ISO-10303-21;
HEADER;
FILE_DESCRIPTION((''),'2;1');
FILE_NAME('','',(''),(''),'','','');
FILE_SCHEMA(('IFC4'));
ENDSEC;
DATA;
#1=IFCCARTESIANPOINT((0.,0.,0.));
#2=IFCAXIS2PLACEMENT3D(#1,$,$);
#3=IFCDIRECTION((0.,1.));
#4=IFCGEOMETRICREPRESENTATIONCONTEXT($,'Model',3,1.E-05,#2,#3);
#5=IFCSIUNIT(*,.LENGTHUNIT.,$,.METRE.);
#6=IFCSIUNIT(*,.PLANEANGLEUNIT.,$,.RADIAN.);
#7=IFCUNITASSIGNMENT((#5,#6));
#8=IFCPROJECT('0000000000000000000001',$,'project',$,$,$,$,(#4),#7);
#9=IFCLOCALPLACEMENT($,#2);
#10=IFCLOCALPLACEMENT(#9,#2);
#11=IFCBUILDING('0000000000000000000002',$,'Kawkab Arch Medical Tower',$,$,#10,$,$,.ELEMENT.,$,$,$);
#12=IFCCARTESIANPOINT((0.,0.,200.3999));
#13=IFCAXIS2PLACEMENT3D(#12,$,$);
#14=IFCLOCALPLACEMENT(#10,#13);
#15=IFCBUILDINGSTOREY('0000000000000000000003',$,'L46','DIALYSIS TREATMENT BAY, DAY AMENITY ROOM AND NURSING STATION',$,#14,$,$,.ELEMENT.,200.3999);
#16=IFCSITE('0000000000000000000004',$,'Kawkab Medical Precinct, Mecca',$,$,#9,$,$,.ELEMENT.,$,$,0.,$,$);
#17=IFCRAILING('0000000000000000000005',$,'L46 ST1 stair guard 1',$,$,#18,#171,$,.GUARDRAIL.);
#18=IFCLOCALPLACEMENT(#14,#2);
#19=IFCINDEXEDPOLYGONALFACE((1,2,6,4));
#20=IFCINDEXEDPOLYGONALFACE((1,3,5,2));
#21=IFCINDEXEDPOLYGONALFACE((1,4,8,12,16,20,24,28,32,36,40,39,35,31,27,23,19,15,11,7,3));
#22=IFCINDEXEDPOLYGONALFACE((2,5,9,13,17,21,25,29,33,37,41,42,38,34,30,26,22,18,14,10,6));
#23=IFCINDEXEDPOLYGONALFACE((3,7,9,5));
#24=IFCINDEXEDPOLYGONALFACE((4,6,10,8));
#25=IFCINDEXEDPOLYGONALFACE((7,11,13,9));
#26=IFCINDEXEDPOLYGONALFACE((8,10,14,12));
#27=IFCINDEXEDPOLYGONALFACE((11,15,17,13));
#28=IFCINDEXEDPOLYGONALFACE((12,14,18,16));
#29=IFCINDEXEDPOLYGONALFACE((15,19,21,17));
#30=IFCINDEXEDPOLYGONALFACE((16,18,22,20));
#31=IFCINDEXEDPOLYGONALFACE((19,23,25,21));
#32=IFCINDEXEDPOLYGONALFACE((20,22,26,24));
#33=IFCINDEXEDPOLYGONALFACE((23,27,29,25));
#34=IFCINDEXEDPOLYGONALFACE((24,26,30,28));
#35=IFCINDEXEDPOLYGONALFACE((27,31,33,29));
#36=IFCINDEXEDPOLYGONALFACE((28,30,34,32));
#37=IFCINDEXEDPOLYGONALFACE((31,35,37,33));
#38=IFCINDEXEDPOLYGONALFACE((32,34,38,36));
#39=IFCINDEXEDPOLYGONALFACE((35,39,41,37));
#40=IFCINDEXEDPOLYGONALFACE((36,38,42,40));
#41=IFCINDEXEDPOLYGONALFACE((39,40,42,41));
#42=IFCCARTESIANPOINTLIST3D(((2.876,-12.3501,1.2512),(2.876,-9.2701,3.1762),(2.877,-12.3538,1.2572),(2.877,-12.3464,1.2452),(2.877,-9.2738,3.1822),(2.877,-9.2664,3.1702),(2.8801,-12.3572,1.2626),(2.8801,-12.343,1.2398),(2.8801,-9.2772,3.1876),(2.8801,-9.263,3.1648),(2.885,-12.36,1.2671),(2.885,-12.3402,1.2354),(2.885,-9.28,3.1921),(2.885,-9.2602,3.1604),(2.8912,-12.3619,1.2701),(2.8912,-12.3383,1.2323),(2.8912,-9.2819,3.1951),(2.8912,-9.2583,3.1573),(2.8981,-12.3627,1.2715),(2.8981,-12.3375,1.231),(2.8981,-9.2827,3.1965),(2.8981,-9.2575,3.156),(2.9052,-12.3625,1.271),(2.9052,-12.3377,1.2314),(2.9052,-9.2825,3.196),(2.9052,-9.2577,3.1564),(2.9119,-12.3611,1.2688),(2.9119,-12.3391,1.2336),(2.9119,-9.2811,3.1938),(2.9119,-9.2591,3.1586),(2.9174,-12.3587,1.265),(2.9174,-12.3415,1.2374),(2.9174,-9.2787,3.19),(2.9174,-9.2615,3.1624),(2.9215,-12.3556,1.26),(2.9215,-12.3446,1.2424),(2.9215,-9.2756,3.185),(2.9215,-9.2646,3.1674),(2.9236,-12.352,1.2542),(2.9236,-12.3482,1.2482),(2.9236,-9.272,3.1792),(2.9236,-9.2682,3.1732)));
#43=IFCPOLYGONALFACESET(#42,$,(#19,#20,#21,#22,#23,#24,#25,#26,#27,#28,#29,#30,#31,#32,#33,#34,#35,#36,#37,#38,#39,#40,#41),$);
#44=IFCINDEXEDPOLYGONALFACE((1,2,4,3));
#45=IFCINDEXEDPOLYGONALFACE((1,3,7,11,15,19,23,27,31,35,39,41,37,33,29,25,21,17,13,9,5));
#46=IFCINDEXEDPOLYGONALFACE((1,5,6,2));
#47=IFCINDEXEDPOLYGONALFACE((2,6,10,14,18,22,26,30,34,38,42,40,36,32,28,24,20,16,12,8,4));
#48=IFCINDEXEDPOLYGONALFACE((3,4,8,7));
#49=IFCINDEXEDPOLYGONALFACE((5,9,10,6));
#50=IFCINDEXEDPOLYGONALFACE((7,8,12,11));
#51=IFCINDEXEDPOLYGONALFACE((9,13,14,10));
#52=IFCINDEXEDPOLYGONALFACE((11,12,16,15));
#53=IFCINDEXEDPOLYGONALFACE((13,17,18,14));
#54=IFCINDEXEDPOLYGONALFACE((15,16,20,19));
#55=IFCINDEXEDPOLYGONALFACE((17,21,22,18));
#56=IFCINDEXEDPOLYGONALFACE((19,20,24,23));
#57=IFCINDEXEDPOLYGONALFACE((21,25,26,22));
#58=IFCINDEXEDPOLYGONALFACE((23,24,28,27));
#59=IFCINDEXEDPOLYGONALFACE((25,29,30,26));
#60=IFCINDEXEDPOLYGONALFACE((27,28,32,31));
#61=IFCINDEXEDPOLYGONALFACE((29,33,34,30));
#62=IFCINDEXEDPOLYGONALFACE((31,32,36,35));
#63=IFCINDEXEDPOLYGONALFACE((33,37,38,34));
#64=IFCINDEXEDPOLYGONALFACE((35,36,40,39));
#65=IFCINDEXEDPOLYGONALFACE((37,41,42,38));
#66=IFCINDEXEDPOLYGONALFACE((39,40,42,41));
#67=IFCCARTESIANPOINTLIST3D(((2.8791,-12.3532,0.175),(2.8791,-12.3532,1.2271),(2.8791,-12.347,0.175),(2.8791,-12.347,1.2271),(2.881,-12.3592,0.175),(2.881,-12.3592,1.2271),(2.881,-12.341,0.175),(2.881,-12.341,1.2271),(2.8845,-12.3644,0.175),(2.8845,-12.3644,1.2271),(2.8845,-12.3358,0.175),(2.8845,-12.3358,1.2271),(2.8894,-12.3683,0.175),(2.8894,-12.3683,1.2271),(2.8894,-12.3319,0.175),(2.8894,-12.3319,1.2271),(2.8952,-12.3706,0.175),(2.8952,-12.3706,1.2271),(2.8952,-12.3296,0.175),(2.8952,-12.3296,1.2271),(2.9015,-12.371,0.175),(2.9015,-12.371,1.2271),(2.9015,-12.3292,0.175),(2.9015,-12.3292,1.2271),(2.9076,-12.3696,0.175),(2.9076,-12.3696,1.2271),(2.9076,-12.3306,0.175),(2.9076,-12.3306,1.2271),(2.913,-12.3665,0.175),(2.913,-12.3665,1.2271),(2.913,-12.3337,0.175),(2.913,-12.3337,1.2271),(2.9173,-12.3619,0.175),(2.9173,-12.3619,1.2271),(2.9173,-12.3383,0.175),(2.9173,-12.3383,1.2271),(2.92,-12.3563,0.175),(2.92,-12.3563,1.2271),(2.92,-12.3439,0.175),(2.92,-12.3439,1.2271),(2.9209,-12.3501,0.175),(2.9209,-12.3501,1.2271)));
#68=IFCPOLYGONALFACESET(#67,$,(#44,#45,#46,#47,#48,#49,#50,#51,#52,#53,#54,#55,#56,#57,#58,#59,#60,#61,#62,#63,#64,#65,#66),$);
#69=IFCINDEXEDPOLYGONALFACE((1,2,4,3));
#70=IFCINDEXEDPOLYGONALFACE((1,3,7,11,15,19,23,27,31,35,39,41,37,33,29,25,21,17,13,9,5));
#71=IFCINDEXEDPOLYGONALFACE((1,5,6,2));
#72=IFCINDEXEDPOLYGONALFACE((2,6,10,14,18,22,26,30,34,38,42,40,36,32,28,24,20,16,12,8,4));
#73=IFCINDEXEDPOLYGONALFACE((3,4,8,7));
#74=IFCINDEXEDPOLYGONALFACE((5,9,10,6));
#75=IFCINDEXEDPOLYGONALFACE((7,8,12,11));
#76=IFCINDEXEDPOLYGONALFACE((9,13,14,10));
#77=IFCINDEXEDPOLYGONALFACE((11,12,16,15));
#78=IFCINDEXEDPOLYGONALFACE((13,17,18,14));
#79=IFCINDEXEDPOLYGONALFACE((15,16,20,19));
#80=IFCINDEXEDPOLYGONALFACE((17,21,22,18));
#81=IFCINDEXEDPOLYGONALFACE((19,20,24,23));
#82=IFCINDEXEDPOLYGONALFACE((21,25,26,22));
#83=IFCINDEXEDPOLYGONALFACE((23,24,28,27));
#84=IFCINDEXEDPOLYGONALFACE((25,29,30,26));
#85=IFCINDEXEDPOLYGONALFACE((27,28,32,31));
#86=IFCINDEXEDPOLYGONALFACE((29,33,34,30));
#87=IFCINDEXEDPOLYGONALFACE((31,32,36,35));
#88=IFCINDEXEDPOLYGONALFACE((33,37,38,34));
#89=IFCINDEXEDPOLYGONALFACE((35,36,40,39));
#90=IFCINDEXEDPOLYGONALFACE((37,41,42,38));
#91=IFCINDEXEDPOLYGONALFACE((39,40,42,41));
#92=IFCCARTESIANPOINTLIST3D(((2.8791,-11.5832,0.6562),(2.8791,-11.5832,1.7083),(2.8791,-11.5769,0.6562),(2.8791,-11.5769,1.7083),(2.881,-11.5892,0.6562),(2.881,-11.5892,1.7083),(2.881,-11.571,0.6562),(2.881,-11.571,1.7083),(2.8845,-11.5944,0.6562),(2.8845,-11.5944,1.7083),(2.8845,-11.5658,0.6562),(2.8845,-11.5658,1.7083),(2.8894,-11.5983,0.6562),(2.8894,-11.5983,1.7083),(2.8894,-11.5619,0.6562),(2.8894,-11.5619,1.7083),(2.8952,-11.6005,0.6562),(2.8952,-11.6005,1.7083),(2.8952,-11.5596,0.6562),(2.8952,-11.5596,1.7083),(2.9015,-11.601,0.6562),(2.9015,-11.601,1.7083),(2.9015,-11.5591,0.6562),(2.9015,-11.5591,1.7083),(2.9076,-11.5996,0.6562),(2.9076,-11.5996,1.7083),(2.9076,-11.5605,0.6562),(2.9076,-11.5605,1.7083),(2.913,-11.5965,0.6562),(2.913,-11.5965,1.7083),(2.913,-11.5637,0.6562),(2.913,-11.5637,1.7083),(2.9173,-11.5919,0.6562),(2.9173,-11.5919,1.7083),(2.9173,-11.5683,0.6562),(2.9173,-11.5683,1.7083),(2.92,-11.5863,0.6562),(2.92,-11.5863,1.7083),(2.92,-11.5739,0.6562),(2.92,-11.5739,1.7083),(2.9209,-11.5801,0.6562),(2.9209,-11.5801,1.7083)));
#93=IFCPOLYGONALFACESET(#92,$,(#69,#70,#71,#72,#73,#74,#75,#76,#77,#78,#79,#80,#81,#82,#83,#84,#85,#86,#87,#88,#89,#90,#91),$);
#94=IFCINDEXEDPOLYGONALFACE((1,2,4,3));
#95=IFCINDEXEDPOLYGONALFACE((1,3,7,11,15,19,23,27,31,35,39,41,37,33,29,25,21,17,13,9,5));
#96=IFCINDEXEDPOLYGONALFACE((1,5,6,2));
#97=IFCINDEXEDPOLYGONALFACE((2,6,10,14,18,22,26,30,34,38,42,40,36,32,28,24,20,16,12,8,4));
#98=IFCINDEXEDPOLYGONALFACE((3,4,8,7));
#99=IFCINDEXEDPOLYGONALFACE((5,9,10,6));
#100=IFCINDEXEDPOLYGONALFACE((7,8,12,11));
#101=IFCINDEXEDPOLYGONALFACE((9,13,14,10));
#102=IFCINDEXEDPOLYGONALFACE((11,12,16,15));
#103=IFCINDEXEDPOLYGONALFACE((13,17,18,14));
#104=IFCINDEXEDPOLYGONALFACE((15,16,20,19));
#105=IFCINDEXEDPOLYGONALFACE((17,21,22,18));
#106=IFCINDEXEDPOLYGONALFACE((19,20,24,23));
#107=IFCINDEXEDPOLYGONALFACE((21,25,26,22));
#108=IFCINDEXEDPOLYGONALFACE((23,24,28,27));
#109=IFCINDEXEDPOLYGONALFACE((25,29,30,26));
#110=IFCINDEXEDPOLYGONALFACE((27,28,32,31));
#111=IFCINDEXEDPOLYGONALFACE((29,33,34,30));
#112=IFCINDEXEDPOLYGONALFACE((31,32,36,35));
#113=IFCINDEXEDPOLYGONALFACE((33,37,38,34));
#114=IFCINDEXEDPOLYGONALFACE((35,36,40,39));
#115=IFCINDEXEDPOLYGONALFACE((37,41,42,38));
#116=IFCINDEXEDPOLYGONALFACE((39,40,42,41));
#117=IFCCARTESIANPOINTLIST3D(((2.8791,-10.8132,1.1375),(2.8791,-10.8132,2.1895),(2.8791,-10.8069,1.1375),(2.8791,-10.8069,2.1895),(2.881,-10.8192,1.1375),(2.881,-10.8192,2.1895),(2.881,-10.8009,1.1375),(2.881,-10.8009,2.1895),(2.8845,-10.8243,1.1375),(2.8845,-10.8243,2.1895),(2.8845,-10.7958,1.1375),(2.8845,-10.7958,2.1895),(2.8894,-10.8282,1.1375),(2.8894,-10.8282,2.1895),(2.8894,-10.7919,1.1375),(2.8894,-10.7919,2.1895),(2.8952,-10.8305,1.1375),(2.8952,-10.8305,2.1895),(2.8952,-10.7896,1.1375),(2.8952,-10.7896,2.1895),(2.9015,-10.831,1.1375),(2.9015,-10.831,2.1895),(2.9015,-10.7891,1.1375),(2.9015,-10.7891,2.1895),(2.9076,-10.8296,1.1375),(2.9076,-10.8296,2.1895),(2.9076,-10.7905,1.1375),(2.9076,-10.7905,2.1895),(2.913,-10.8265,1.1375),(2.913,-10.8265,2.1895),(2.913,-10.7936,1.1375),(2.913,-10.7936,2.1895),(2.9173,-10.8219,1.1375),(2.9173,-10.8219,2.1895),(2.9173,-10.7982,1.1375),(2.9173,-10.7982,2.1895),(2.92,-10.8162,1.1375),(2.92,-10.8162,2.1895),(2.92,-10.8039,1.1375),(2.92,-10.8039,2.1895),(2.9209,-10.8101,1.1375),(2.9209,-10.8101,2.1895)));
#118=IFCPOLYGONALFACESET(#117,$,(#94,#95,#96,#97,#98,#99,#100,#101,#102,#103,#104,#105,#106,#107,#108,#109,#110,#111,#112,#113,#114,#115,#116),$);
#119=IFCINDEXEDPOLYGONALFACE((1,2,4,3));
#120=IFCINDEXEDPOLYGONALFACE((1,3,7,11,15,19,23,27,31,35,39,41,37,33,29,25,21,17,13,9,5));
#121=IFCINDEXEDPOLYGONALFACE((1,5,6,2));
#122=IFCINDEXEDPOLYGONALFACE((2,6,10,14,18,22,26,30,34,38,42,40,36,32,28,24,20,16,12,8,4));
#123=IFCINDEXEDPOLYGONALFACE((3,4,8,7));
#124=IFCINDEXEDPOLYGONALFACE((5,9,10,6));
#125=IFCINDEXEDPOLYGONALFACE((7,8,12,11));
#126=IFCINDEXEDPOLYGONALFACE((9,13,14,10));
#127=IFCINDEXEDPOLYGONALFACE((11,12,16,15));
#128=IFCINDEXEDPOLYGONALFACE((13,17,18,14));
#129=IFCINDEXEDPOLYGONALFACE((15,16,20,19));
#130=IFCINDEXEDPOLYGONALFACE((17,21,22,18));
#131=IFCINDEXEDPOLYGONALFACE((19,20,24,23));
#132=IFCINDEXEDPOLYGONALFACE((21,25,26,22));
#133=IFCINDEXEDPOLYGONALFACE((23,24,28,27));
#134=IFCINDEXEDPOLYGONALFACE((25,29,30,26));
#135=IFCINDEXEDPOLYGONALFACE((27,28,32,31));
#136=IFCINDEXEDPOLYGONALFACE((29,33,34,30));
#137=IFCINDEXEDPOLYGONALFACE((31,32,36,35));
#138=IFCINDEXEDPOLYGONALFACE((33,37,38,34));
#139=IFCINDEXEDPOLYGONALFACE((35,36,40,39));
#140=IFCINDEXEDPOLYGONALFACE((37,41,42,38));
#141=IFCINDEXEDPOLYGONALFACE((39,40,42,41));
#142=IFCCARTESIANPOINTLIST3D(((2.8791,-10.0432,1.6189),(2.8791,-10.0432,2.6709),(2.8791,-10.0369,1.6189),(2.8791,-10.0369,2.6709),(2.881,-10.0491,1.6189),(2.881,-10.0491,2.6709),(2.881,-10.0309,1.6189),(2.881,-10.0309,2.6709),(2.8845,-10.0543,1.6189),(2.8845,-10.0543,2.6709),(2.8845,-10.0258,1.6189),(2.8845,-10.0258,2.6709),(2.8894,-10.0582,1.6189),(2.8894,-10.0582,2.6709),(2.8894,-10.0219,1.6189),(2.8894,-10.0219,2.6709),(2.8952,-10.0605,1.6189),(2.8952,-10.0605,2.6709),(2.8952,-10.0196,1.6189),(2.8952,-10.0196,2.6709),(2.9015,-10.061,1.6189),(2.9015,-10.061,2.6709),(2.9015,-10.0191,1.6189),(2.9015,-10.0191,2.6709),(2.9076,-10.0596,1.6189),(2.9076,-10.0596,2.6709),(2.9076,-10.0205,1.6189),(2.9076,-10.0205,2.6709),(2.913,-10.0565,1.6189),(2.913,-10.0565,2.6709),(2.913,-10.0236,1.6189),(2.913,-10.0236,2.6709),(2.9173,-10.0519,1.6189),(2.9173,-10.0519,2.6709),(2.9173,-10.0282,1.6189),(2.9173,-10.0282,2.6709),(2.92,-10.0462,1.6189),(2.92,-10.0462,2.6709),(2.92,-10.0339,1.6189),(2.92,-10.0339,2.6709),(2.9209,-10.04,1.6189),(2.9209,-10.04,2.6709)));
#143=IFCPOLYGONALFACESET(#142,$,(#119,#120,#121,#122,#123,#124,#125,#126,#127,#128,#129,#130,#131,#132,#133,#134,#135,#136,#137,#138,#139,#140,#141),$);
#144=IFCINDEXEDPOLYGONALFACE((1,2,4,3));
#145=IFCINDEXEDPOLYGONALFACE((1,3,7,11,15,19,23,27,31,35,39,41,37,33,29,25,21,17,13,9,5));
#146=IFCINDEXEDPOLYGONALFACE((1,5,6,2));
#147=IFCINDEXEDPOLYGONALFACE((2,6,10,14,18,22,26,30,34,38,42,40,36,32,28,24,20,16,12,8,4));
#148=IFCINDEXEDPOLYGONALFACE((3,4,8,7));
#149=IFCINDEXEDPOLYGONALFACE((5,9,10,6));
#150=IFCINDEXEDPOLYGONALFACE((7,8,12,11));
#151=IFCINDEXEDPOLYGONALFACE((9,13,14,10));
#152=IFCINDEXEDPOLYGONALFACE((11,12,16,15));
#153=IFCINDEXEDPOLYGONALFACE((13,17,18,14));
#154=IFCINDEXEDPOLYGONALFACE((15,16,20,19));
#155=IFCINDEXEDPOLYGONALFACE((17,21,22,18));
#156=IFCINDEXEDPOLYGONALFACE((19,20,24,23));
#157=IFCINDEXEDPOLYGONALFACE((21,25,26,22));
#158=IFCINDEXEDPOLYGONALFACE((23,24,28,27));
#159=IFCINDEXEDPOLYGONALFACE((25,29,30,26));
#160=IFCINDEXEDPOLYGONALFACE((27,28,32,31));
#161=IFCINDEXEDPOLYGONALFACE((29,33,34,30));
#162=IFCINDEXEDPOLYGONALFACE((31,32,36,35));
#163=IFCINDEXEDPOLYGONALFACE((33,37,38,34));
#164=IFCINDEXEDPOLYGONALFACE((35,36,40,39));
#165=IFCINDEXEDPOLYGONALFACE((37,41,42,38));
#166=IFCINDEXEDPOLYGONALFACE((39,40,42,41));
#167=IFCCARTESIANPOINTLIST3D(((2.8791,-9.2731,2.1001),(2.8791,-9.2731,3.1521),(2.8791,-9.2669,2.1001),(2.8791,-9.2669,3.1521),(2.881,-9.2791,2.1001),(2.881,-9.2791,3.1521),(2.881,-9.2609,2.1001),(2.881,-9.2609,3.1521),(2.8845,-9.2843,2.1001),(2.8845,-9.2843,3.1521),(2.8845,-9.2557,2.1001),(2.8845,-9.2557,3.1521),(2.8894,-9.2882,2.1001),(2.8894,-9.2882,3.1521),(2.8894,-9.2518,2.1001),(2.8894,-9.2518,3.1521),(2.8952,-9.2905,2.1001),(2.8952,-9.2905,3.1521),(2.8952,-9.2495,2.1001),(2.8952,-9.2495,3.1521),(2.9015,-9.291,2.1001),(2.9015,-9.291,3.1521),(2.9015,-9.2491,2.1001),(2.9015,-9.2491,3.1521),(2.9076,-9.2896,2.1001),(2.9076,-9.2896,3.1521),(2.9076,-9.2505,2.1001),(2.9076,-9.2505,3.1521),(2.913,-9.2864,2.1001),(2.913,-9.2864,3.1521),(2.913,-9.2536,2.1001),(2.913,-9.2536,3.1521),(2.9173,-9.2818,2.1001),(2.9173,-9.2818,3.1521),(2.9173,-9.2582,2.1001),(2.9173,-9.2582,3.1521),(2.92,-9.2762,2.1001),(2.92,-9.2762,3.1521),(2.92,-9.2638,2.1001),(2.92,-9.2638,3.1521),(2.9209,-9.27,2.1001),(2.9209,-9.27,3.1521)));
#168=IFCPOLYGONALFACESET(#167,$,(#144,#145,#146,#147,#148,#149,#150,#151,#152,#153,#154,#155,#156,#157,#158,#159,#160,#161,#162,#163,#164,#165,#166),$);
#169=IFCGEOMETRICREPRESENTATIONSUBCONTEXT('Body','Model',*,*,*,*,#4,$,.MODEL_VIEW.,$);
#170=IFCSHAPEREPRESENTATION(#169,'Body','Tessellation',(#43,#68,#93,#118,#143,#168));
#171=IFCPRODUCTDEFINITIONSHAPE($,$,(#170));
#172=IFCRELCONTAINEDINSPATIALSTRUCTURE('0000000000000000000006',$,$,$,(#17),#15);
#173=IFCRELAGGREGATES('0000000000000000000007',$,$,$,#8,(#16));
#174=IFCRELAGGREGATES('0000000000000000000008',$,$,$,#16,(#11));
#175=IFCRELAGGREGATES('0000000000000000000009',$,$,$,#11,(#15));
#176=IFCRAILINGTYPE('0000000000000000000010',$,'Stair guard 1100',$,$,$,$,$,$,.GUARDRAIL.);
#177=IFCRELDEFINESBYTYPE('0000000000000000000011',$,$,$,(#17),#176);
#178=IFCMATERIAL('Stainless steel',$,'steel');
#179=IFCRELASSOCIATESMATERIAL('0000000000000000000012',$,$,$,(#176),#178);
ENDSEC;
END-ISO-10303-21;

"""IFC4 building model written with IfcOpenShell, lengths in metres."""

from ifc_helpers import new_model, si_unit, direction, frame, origin, origin_2d, place, context, subcontext, project, spatial, circle, extrude, material, type_object, element, save


model = new_model("IFC4")

# Units and contexts
model_context = context("Model", 3, precision=1e-05, world=origin(), true_north=direction((0.0, 1.0)))
body_context = subcontext(model_context, "Body", "Model", "MODEL_VIEW")
ifc_project = project(units=[si_unit("LENGTHUNIT", "METRE"), si_unit("PLANEANGLEUNIT", "RADIAN")], contexts=[model_context])

# Site, building, storey
site_placement = place(None, origin())
site = spatial("IfcSite", under=ifc_project, at=site_placement, Name="Kawkab Medical Precinct, Mecca", CompositionType="ELEMENT", RefElevation=0.0)
building_placement = place(site_placement, origin())
building = spatial("IfcBuilding", under=site, at=building_placement, Name="Kawkab Arch Medical Tower", CompositionType="ELEMENT")
storey_placement = place(building_placement, frame((0.0, 0.0, 200.3999)))
storey = spatial("IfcBuildingStorey", under=building, at=storey_placement, Name="L46", Description="DIALYSIS TREATMENT BAY, DAY AMENITY ROOM AND NURSING STATION", CompositionType="ELEMENT", Elevation=200.3999)

# Railing
ifc_material_1 = material(Name="Stainless steel", Category="steel")
railing_type = type_object("IfcRailingType", Name="Stair guard 1100", PredefinedType="GUARDRAIL", material=ifc_material_1)
railing_placement = place(storey_placement, frame((2.8999, -12.3501, 0.175)))
element("IfcRailing", 1, at=railing_placement, inside=storey, type_object=railing_type, Name="L46 ST1 stair guard 1", PredefinedType="GUARDRAIL", context=body_context, shape_type="SweptSolid", body=[
    extrude(circle(Radius=0.0239, at=origin_2d()), frame((0.0, 0.0, 1.0762), z_axis=(0.0, 0.847998, 0.529999), x_axis=(-1.0, 0.0, 0.0)), (0.0, 0.0, 1.0), 3.6321),
    extrude(circle(Radius=0.021, at=origin_2d()), origin(), (0.0, 0.0, 1.0), 1.052),
    extrude(circle(Radius=0.021, at=origin_2d()), frame((0.0, 0.77, 0.4812)), (0.0, 0.0, 1.0), 1.052),
    extrude(circle(Radius=0.021, at=origin_2d()), frame((0.0, 1.54, 0.9624)), (0.0, 0.0, 1.0), 1.052),
    extrude(circle(Radius=0.021, at=origin_2d()), frame((0.0, 2.3101, 1.4438)), (0.0, 0.0, 1.0), 1.052),
    extrude(circle(Radius=0.021, at=origin_2d()), frame((0.0, 3.0801, 1.925)), (0.0, 0.0, 1.0), 1.052),
])

save(model, "model.ifc")
